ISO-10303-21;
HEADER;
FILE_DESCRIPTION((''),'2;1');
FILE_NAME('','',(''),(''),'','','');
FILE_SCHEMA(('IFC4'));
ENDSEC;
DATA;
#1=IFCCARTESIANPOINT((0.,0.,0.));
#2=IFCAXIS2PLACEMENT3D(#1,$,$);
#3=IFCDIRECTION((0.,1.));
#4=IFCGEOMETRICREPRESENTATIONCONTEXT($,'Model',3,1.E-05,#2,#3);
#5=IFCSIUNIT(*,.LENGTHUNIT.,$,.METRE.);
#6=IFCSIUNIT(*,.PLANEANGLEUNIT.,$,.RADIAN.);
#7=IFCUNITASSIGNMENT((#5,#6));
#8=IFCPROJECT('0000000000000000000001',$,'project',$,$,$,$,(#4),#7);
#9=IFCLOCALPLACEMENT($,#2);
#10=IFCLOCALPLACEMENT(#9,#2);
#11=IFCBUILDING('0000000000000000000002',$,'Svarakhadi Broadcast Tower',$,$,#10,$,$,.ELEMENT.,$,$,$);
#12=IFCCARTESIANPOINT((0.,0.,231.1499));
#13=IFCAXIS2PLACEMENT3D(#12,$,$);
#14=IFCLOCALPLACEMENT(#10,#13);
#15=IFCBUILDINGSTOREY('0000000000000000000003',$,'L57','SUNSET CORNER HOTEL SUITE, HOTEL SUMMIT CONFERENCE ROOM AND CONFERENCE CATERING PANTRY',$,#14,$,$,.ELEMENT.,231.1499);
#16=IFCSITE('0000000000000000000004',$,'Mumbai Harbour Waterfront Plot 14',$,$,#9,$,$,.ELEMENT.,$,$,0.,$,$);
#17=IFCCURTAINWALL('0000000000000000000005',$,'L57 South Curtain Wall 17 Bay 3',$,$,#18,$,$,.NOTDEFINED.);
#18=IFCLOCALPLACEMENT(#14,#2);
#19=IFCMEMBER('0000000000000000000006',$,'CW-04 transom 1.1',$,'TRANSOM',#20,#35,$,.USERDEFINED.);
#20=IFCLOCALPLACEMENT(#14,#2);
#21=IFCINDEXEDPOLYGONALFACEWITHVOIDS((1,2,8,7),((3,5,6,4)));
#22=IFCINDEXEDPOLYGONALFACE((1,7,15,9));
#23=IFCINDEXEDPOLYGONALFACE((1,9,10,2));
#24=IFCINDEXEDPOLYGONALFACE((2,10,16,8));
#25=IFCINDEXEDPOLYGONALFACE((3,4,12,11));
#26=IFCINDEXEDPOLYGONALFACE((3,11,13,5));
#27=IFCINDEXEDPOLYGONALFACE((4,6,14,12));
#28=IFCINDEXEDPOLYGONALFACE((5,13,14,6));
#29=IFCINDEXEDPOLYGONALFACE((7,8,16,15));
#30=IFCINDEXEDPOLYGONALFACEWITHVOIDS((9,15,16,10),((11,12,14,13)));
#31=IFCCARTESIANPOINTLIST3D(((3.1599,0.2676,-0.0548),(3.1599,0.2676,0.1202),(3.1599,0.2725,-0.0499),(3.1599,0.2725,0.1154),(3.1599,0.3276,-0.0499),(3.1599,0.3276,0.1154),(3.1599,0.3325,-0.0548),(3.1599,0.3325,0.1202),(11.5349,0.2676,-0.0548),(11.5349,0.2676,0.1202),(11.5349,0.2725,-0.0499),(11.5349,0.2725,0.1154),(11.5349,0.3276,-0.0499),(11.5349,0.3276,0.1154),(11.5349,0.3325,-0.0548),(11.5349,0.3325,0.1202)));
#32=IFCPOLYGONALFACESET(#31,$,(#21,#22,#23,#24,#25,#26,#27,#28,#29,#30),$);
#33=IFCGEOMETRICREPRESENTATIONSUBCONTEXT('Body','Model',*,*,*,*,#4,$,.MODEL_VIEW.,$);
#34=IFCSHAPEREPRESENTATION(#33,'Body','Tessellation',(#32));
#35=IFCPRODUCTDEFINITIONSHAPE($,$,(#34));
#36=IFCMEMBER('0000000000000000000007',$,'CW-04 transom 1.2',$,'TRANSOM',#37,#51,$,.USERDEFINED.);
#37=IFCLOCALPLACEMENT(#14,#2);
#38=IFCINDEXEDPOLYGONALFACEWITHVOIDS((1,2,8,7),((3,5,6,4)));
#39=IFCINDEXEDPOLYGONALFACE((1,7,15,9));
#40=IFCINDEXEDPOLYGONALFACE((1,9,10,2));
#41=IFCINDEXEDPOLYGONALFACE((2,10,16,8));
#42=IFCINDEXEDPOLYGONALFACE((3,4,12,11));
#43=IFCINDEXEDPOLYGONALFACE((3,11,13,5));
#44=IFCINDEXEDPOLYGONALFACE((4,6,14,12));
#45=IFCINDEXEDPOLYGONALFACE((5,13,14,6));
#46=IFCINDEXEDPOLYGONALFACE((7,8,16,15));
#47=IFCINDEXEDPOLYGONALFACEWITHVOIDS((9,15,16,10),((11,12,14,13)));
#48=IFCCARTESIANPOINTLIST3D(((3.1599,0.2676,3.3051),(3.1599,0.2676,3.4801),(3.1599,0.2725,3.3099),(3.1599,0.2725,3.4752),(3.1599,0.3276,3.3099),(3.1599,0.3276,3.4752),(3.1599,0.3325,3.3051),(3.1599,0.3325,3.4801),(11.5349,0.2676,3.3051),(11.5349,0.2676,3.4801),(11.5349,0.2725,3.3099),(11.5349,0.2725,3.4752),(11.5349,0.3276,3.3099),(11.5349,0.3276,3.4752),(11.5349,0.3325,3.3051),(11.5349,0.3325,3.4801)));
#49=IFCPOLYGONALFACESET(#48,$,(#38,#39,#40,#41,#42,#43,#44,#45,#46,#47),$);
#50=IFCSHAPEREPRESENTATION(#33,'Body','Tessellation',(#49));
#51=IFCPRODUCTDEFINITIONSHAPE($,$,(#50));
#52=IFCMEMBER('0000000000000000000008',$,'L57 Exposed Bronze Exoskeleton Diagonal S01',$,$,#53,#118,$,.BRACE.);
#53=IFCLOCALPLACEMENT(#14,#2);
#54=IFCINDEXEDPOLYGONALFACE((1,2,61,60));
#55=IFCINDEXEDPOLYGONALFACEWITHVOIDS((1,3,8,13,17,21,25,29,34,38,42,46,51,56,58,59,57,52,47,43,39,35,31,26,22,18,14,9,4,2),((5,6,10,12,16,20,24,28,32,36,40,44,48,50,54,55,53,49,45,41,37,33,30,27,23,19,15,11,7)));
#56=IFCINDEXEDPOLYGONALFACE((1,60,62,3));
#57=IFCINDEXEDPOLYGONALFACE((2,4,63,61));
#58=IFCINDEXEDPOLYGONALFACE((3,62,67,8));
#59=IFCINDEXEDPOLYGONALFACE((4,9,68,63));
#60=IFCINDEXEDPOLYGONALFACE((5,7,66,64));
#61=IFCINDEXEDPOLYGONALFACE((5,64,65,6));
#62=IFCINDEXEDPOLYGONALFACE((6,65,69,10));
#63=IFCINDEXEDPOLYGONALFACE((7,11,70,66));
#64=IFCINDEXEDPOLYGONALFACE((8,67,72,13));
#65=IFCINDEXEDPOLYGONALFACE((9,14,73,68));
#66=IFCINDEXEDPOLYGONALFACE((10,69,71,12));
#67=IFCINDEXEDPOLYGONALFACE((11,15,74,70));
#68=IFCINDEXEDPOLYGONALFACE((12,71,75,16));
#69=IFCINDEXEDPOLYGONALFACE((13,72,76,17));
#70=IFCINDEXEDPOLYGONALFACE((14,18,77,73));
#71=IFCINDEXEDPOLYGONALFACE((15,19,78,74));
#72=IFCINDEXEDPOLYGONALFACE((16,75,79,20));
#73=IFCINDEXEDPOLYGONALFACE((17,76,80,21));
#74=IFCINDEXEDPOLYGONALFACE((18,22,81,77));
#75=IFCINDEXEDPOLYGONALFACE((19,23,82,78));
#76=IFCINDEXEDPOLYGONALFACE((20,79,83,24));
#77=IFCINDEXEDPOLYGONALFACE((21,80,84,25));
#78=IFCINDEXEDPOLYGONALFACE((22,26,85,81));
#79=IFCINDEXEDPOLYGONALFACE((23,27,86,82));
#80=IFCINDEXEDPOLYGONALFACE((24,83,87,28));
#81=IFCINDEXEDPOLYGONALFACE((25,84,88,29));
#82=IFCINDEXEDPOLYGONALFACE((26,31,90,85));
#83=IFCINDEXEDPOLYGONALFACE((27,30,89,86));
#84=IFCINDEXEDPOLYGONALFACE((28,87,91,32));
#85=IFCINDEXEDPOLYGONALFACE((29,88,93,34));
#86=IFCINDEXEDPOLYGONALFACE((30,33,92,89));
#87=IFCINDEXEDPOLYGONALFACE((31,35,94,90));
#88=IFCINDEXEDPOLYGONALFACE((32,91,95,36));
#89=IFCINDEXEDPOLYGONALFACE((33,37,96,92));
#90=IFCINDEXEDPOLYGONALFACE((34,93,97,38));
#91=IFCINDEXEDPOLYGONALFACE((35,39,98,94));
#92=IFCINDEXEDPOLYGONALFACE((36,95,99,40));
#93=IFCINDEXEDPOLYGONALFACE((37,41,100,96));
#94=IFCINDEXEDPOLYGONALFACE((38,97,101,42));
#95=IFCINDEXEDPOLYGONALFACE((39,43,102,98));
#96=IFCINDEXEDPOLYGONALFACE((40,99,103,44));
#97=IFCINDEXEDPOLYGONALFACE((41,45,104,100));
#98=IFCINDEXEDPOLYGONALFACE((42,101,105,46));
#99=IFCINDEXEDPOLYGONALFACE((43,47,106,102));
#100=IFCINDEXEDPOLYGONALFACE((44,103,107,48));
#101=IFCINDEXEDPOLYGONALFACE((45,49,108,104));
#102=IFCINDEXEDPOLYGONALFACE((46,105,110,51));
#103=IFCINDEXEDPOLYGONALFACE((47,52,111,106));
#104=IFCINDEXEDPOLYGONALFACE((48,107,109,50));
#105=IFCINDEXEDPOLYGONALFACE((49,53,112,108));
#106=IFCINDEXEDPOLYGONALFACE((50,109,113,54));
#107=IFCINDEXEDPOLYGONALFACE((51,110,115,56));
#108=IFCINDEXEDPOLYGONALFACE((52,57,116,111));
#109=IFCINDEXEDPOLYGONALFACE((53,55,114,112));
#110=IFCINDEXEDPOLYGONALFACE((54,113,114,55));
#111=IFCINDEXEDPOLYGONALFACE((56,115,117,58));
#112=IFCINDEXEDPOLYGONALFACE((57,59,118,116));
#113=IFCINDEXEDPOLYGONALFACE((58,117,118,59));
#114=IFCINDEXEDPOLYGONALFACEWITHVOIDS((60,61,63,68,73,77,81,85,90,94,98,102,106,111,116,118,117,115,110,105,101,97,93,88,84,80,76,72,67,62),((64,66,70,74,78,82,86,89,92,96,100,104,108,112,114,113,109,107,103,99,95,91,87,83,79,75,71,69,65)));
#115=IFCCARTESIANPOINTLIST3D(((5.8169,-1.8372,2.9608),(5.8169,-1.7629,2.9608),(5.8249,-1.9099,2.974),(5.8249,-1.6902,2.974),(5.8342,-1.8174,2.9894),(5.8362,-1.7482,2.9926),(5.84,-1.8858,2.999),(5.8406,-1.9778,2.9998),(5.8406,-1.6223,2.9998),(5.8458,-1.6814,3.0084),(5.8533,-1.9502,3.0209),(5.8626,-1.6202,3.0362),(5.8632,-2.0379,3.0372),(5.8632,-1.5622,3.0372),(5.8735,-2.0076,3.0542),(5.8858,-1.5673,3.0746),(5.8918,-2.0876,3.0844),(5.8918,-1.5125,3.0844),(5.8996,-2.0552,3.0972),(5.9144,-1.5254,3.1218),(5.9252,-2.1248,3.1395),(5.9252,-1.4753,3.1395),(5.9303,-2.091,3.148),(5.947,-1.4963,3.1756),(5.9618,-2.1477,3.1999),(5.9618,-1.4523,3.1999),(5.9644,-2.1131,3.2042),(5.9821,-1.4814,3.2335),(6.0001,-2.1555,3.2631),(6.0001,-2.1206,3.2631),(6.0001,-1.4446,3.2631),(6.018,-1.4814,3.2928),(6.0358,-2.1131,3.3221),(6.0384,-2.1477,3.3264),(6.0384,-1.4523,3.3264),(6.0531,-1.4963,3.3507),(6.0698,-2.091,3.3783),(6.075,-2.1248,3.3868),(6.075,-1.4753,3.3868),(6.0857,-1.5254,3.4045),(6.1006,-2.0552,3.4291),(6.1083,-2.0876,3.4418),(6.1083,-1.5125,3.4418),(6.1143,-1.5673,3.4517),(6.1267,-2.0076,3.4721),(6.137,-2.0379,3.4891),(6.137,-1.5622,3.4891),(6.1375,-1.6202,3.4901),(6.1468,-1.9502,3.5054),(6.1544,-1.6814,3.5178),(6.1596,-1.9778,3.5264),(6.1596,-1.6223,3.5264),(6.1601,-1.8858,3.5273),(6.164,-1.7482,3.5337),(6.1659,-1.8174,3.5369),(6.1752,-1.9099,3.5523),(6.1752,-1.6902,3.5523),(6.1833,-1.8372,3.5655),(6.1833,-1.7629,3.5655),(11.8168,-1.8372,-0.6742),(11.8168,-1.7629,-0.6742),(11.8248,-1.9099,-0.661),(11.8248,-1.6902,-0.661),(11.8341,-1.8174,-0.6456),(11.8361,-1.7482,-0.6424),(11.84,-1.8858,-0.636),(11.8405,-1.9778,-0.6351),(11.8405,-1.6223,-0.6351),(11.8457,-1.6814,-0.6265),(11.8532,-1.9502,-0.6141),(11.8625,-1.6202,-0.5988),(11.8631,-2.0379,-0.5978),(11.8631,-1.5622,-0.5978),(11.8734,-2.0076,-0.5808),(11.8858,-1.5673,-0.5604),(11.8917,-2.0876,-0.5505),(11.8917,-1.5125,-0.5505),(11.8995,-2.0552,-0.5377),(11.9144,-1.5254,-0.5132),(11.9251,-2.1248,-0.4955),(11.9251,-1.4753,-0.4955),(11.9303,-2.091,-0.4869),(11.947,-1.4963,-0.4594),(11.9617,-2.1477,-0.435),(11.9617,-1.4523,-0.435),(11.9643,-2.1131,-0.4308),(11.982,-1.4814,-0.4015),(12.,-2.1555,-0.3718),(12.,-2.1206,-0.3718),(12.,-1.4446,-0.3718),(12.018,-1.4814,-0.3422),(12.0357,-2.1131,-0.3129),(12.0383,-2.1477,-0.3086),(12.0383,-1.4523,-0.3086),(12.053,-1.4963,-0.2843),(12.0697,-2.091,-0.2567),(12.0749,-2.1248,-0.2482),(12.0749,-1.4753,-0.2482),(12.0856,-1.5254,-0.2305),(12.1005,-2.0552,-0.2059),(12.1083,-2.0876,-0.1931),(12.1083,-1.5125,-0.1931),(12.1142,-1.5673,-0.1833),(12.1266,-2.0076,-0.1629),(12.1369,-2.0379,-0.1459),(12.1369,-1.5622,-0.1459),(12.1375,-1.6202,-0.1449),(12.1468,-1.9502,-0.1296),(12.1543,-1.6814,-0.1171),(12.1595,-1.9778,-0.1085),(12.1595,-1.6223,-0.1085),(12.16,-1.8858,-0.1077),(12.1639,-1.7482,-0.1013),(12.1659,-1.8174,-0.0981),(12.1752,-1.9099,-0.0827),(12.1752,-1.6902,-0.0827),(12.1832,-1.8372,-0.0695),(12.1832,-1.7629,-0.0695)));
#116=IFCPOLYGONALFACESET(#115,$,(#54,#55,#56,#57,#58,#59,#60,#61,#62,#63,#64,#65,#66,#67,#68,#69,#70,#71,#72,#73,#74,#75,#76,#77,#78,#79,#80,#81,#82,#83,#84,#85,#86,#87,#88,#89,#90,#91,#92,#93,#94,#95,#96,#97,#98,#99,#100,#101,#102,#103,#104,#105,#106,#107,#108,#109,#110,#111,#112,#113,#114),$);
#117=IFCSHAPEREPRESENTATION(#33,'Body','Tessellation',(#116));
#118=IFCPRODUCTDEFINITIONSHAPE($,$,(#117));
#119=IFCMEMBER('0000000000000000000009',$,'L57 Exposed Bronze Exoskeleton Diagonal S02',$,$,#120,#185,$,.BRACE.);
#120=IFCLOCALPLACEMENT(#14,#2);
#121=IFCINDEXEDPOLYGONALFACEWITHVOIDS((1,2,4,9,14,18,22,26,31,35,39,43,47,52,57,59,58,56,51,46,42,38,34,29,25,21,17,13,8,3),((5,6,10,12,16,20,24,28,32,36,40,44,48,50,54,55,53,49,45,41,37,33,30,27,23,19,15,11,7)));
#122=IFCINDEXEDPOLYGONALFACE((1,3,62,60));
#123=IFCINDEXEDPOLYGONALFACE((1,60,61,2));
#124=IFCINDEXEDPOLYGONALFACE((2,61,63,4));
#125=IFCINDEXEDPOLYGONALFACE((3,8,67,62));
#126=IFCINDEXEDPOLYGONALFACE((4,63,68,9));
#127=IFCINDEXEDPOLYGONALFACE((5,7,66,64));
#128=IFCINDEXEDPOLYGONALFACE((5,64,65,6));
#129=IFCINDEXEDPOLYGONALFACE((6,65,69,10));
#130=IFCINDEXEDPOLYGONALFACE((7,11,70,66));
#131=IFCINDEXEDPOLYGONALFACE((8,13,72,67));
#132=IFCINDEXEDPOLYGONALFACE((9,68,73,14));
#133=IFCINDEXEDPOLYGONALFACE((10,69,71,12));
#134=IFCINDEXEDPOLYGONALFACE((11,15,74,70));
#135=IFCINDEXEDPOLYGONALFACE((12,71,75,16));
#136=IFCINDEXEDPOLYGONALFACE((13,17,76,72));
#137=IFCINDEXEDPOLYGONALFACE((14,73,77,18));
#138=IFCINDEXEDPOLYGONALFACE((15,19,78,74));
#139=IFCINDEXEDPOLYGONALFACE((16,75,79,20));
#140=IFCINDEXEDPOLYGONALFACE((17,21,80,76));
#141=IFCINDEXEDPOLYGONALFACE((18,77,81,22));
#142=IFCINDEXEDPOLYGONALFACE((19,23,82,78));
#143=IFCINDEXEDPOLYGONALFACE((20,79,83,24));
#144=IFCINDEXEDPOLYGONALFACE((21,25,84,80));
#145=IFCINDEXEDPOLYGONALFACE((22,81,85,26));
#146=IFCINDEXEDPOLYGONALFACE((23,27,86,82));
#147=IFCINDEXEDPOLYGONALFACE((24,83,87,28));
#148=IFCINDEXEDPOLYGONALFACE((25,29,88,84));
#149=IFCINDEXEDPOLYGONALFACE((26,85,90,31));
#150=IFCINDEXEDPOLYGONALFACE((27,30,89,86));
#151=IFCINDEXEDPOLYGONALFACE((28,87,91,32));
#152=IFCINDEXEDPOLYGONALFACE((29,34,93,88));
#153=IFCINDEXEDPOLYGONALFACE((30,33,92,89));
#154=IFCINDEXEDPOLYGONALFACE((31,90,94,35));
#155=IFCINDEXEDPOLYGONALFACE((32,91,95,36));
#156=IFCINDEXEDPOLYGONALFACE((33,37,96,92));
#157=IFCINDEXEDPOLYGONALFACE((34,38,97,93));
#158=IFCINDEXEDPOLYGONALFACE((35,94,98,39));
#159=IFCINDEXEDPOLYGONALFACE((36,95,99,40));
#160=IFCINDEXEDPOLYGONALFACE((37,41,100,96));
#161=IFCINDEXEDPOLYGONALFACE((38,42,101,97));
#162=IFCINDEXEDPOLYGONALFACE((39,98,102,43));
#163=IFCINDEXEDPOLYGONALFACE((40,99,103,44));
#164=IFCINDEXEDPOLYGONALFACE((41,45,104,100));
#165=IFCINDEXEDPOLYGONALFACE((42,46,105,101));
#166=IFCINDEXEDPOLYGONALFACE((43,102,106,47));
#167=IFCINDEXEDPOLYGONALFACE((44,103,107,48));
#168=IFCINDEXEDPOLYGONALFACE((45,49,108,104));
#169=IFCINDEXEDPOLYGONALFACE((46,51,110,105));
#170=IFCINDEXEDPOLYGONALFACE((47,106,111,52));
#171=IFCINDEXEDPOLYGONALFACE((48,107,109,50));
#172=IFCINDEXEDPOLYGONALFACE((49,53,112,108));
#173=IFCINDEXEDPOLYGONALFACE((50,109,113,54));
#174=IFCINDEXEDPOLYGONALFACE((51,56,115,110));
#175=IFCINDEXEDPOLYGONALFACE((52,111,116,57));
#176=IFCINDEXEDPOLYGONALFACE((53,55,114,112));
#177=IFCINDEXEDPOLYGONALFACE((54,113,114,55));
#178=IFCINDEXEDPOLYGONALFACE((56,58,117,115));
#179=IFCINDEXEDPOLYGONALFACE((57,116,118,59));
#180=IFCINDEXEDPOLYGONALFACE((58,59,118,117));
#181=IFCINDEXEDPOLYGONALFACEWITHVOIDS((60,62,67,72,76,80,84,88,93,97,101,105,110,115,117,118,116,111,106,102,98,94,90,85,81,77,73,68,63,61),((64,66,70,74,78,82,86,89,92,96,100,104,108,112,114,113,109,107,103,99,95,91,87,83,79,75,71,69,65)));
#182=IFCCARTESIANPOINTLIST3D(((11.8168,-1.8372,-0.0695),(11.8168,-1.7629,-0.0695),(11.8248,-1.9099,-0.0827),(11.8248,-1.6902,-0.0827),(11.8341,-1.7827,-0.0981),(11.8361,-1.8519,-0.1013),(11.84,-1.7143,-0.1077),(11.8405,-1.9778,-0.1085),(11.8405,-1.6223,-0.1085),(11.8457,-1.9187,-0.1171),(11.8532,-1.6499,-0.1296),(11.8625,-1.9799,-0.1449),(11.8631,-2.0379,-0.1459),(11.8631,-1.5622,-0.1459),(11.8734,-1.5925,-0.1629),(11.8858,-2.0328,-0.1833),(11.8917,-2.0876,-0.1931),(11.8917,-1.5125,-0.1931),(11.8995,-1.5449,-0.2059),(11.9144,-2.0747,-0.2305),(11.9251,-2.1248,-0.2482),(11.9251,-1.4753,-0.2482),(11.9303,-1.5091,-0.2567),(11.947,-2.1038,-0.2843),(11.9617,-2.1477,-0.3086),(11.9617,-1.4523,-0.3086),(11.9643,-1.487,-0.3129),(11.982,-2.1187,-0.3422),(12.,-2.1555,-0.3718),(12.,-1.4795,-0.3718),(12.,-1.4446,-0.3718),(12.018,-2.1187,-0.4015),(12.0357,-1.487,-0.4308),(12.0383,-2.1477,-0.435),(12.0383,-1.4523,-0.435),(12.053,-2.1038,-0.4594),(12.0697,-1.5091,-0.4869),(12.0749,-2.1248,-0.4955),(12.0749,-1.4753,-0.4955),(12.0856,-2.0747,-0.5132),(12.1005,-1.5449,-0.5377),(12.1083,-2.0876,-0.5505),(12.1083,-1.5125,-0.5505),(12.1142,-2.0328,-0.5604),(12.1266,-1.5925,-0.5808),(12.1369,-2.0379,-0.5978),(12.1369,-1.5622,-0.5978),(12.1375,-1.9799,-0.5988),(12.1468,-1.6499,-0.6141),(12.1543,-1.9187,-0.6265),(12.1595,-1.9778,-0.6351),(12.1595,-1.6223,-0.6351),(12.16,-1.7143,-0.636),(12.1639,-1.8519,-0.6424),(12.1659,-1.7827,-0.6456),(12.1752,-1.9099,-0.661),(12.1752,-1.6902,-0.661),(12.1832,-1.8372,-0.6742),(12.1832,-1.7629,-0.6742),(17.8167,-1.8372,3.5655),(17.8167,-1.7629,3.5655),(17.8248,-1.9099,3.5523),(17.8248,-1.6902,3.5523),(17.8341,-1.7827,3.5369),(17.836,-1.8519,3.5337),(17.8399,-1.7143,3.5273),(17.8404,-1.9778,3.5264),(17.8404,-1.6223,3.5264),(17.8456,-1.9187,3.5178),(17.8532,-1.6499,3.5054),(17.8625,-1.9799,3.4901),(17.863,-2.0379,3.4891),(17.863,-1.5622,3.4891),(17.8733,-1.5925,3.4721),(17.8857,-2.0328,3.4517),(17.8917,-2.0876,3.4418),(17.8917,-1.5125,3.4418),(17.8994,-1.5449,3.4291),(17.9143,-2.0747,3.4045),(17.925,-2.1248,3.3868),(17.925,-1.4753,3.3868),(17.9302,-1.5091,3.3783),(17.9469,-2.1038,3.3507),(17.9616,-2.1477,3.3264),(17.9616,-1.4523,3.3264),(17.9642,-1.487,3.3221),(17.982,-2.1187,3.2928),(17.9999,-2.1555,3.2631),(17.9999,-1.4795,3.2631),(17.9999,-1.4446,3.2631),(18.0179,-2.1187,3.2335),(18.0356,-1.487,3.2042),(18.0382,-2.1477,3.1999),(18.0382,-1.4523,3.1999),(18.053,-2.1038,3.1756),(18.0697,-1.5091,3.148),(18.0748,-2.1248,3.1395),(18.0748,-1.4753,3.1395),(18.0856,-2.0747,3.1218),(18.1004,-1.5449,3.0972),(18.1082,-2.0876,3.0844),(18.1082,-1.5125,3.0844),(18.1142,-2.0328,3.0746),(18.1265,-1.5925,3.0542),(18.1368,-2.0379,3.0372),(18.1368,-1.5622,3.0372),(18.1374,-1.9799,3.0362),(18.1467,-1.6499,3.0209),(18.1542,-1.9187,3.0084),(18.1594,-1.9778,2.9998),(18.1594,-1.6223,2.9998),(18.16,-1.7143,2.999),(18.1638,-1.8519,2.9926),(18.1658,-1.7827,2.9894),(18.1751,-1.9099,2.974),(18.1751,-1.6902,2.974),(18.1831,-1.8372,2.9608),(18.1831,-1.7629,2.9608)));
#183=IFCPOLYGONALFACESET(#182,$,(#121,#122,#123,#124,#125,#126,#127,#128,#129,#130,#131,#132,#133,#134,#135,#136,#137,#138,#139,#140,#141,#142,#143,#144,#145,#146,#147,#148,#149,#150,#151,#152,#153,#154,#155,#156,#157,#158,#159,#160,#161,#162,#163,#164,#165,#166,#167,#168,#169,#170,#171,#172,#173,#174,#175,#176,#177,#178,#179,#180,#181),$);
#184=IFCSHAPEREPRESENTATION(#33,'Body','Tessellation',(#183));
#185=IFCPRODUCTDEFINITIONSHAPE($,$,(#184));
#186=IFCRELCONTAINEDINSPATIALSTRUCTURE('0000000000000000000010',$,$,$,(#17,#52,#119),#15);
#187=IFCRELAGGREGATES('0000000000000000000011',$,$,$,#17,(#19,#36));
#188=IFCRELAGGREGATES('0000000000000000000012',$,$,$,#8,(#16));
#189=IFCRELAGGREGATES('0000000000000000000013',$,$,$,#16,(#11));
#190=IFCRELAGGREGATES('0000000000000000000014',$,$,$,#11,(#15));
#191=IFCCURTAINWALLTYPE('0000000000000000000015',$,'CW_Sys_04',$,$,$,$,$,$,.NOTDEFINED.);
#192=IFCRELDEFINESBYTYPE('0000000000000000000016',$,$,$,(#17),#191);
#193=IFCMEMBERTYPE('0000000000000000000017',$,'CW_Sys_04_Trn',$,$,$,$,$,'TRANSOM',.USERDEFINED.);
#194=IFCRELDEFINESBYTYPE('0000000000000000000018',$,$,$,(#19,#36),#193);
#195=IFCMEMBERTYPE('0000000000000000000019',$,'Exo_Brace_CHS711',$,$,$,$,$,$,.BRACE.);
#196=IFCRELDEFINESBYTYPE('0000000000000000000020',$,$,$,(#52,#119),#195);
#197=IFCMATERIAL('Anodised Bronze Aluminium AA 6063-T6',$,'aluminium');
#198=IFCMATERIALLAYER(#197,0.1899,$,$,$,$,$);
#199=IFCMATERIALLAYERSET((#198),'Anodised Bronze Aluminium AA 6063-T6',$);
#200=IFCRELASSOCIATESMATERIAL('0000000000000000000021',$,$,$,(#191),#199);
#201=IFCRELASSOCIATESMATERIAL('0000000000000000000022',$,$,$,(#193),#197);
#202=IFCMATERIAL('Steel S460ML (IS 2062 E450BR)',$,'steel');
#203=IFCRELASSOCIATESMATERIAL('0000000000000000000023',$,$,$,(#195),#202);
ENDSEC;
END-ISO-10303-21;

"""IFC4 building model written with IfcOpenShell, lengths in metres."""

from ifc_helpers import new_model, si_unit, direction, frame, origin, origin_2d, place, context, subcontext, project, spatial, hollow_rectangle, hollow_circle, extrude, material, layer, layer_set, material_profile, profile_set, type_object, element, aggregate, save


model = new_model("IFC4")

# Units and contexts
model_context = context("Model", 3, precision=1e-05, world=origin(), true_north=direction((0.0, 1.0)))
body_context = subcontext(model_context, "Body", "Model", "MODEL_VIEW")
ifc_project = project(units=[si_unit("LENGTHUNIT", "METRE"), si_unit("PLANEANGLEUNIT", "RADIAN")], contexts=[model_context])

# Site, building, storey
site_placement = place(None, origin())
site = spatial("IfcSite", under=ifc_project, at=site_placement, Name="Mumbai Harbour Waterfront Plot 14", CompositionType="ELEMENT", RefElevation=0.0)
building_placement = place(site_placement, origin())
building = spatial("IfcBuilding", under=site, at=building_placement, Name="Svarakhadi Broadcast Tower", CompositionType="ELEMENT")
storey_placement = place(building_placement, frame((0.0, 0.0, 231.1499)))
storey = spatial("IfcBuildingStorey", under=building, at=storey_placement, Name="L57", Description="SUNSET CORNER HOTEL SUITE, HOTEL SUMMIT CONFERENCE ROOM AND CONFERENCE CATERING PANTRY", CompositionType="ELEMENT", Elevation=231.1499)

# Shared definitions
ifc_material_1 = material(Name="Steel S460ML (IS 2062 E450BR)", Category="steel")

# Shared definitions
ifc_material_2 = material(Name="Anodised Bronze Aluminium AA 6063-T6", Category="aluminium")
ifc_layer_1 = layer(ifc_material_2, 0.1899)
ifc_layer_set_1 = layer_set([ifc_layer_1], Name="Anodised Bronze Aluminium AA 6063-T6")
curtain_wall_type = type_object("IfcCurtainWallType", Name="CW_Sys_04", PredefinedType="NOTDEFINED", material=ifc_layer_set_1)

# Curtain wall, members
curtain_wall_1_placement = place(storey_placement, origin())
curtain_wall_1 = element("IfcCurtainWall", 1, at=curtain_wall_1_placement, inside=storey, type_object=curtain_wall_type, Name="L57 South Curtain Wall 17 Bay 3", PredefinedType="NOTDEFINED")
ifc_material_profile_1 = material_profile(ifc_material_2, hollow_rectangle(XDim=0.0649, YDim=0.175, WallThickness=0.0049, at=origin_2d()), Name="ALU TRANSOM 175x65x5")
ifc_profile_set_1 = profile_set([ifc_material_profile_1], Name="Anodised Bronze Aluminium AA 6063-T6")
member_type_1 = type_object("IfcMemberType", Name="CW_Sys_04_Trn", ElementType="TRANSOM", PredefinedType="USERDEFINED", material=ifc_profile_set_1)
member_1_placement = place(storey_placement, frame((11.5349, 0.3, 0.0327), z_axis=(-1.0, 0.0, 0.0), x_axis=(0.0, -1.0, 0.0)))
member_1 = element("IfcMember", 2, at=member_1_placement, type_object=member_type_1, Name="CW-04 transom 1.1", ObjectType="TRANSOM", PredefinedType="USERDEFINED", context=body_context, shape_type="SweptSolid", body=[
    extrude(hollow_rectangle(XDim=0.0649, YDim=0.175, WallThickness=0.0049, at=origin_2d()), origin(), (0.0, 0.0, 1.0), 8.375),
])
member_2_placement = place(storey_placement, frame((11.5349, 0.3, 3.3926), z_axis=(-1.0, 0.0, 0.0), x_axis=(0.0, -1.0, 0.0)))
member_2 = element("IfcMember", 3, at=member_2_placement, type_object=member_type_1, Name="CW-04 transom 1.2", ObjectType="TRANSOM", PredefinedType="USERDEFINED", context=body_context, shape_type="SweptSolid", body=[
    extrude(hollow_rectangle(XDim=0.0649, YDim=0.175, WallThickness=0.0049, at=origin_2d()), origin(), (0.0, 0.0, 1.0), 8.375),
])

# Members
ifc_material_profile_2 = material_profile(ifc_material_1, hollow_circle(Radius=0.3555, WallThickness=0.0349, at=origin_2d()), Name="CHS 711x35")
ifc_profile_set_2 = profile_set([ifc_material_profile_2], Name="Steel S460ML (IS 2062 E450BR)")
member_type_2 = type_object("IfcMemberType", Name="Exo_Brace_CHS711", PredefinedType="BRACE", material=ifc_profile_set_2)
for number, where, z_axis, x_axis, name in (
    (4, (12.0, -1.8, -0.3718), (-0.855283, 0.0, 0.518161), (0.0, -1.0, 0.0), "L57 Exposed Bronze Exoskeleton Diagonal S01"),
    (5, (12.0, -1.8, -0.3718), (0.855283, 0.0, 0.518161), (0.0, 1.0, 0.0), "L57 Exposed Bronze Exoskeleton Diagonal S02"),
):
    element("IfcMember", number, at=place(storey_placement, frame(where, z_axis=z_axis, x_axis=x_axis)), inside=storey, type_object=member_type_2, Name=name, PredefinedType="BRACE", context=body_context, shape_type="SweptSolid", body=[
        extrude(hollow_circle(Radius=0.3555, WallThickness=0.0349, at=origin_2d()), origin(), (0.0, 0.0, 1.0), 7.0151),
    ])

aggregate(curtain_wall_1, [member_1, member_2])

save(model, "model.ifc")
